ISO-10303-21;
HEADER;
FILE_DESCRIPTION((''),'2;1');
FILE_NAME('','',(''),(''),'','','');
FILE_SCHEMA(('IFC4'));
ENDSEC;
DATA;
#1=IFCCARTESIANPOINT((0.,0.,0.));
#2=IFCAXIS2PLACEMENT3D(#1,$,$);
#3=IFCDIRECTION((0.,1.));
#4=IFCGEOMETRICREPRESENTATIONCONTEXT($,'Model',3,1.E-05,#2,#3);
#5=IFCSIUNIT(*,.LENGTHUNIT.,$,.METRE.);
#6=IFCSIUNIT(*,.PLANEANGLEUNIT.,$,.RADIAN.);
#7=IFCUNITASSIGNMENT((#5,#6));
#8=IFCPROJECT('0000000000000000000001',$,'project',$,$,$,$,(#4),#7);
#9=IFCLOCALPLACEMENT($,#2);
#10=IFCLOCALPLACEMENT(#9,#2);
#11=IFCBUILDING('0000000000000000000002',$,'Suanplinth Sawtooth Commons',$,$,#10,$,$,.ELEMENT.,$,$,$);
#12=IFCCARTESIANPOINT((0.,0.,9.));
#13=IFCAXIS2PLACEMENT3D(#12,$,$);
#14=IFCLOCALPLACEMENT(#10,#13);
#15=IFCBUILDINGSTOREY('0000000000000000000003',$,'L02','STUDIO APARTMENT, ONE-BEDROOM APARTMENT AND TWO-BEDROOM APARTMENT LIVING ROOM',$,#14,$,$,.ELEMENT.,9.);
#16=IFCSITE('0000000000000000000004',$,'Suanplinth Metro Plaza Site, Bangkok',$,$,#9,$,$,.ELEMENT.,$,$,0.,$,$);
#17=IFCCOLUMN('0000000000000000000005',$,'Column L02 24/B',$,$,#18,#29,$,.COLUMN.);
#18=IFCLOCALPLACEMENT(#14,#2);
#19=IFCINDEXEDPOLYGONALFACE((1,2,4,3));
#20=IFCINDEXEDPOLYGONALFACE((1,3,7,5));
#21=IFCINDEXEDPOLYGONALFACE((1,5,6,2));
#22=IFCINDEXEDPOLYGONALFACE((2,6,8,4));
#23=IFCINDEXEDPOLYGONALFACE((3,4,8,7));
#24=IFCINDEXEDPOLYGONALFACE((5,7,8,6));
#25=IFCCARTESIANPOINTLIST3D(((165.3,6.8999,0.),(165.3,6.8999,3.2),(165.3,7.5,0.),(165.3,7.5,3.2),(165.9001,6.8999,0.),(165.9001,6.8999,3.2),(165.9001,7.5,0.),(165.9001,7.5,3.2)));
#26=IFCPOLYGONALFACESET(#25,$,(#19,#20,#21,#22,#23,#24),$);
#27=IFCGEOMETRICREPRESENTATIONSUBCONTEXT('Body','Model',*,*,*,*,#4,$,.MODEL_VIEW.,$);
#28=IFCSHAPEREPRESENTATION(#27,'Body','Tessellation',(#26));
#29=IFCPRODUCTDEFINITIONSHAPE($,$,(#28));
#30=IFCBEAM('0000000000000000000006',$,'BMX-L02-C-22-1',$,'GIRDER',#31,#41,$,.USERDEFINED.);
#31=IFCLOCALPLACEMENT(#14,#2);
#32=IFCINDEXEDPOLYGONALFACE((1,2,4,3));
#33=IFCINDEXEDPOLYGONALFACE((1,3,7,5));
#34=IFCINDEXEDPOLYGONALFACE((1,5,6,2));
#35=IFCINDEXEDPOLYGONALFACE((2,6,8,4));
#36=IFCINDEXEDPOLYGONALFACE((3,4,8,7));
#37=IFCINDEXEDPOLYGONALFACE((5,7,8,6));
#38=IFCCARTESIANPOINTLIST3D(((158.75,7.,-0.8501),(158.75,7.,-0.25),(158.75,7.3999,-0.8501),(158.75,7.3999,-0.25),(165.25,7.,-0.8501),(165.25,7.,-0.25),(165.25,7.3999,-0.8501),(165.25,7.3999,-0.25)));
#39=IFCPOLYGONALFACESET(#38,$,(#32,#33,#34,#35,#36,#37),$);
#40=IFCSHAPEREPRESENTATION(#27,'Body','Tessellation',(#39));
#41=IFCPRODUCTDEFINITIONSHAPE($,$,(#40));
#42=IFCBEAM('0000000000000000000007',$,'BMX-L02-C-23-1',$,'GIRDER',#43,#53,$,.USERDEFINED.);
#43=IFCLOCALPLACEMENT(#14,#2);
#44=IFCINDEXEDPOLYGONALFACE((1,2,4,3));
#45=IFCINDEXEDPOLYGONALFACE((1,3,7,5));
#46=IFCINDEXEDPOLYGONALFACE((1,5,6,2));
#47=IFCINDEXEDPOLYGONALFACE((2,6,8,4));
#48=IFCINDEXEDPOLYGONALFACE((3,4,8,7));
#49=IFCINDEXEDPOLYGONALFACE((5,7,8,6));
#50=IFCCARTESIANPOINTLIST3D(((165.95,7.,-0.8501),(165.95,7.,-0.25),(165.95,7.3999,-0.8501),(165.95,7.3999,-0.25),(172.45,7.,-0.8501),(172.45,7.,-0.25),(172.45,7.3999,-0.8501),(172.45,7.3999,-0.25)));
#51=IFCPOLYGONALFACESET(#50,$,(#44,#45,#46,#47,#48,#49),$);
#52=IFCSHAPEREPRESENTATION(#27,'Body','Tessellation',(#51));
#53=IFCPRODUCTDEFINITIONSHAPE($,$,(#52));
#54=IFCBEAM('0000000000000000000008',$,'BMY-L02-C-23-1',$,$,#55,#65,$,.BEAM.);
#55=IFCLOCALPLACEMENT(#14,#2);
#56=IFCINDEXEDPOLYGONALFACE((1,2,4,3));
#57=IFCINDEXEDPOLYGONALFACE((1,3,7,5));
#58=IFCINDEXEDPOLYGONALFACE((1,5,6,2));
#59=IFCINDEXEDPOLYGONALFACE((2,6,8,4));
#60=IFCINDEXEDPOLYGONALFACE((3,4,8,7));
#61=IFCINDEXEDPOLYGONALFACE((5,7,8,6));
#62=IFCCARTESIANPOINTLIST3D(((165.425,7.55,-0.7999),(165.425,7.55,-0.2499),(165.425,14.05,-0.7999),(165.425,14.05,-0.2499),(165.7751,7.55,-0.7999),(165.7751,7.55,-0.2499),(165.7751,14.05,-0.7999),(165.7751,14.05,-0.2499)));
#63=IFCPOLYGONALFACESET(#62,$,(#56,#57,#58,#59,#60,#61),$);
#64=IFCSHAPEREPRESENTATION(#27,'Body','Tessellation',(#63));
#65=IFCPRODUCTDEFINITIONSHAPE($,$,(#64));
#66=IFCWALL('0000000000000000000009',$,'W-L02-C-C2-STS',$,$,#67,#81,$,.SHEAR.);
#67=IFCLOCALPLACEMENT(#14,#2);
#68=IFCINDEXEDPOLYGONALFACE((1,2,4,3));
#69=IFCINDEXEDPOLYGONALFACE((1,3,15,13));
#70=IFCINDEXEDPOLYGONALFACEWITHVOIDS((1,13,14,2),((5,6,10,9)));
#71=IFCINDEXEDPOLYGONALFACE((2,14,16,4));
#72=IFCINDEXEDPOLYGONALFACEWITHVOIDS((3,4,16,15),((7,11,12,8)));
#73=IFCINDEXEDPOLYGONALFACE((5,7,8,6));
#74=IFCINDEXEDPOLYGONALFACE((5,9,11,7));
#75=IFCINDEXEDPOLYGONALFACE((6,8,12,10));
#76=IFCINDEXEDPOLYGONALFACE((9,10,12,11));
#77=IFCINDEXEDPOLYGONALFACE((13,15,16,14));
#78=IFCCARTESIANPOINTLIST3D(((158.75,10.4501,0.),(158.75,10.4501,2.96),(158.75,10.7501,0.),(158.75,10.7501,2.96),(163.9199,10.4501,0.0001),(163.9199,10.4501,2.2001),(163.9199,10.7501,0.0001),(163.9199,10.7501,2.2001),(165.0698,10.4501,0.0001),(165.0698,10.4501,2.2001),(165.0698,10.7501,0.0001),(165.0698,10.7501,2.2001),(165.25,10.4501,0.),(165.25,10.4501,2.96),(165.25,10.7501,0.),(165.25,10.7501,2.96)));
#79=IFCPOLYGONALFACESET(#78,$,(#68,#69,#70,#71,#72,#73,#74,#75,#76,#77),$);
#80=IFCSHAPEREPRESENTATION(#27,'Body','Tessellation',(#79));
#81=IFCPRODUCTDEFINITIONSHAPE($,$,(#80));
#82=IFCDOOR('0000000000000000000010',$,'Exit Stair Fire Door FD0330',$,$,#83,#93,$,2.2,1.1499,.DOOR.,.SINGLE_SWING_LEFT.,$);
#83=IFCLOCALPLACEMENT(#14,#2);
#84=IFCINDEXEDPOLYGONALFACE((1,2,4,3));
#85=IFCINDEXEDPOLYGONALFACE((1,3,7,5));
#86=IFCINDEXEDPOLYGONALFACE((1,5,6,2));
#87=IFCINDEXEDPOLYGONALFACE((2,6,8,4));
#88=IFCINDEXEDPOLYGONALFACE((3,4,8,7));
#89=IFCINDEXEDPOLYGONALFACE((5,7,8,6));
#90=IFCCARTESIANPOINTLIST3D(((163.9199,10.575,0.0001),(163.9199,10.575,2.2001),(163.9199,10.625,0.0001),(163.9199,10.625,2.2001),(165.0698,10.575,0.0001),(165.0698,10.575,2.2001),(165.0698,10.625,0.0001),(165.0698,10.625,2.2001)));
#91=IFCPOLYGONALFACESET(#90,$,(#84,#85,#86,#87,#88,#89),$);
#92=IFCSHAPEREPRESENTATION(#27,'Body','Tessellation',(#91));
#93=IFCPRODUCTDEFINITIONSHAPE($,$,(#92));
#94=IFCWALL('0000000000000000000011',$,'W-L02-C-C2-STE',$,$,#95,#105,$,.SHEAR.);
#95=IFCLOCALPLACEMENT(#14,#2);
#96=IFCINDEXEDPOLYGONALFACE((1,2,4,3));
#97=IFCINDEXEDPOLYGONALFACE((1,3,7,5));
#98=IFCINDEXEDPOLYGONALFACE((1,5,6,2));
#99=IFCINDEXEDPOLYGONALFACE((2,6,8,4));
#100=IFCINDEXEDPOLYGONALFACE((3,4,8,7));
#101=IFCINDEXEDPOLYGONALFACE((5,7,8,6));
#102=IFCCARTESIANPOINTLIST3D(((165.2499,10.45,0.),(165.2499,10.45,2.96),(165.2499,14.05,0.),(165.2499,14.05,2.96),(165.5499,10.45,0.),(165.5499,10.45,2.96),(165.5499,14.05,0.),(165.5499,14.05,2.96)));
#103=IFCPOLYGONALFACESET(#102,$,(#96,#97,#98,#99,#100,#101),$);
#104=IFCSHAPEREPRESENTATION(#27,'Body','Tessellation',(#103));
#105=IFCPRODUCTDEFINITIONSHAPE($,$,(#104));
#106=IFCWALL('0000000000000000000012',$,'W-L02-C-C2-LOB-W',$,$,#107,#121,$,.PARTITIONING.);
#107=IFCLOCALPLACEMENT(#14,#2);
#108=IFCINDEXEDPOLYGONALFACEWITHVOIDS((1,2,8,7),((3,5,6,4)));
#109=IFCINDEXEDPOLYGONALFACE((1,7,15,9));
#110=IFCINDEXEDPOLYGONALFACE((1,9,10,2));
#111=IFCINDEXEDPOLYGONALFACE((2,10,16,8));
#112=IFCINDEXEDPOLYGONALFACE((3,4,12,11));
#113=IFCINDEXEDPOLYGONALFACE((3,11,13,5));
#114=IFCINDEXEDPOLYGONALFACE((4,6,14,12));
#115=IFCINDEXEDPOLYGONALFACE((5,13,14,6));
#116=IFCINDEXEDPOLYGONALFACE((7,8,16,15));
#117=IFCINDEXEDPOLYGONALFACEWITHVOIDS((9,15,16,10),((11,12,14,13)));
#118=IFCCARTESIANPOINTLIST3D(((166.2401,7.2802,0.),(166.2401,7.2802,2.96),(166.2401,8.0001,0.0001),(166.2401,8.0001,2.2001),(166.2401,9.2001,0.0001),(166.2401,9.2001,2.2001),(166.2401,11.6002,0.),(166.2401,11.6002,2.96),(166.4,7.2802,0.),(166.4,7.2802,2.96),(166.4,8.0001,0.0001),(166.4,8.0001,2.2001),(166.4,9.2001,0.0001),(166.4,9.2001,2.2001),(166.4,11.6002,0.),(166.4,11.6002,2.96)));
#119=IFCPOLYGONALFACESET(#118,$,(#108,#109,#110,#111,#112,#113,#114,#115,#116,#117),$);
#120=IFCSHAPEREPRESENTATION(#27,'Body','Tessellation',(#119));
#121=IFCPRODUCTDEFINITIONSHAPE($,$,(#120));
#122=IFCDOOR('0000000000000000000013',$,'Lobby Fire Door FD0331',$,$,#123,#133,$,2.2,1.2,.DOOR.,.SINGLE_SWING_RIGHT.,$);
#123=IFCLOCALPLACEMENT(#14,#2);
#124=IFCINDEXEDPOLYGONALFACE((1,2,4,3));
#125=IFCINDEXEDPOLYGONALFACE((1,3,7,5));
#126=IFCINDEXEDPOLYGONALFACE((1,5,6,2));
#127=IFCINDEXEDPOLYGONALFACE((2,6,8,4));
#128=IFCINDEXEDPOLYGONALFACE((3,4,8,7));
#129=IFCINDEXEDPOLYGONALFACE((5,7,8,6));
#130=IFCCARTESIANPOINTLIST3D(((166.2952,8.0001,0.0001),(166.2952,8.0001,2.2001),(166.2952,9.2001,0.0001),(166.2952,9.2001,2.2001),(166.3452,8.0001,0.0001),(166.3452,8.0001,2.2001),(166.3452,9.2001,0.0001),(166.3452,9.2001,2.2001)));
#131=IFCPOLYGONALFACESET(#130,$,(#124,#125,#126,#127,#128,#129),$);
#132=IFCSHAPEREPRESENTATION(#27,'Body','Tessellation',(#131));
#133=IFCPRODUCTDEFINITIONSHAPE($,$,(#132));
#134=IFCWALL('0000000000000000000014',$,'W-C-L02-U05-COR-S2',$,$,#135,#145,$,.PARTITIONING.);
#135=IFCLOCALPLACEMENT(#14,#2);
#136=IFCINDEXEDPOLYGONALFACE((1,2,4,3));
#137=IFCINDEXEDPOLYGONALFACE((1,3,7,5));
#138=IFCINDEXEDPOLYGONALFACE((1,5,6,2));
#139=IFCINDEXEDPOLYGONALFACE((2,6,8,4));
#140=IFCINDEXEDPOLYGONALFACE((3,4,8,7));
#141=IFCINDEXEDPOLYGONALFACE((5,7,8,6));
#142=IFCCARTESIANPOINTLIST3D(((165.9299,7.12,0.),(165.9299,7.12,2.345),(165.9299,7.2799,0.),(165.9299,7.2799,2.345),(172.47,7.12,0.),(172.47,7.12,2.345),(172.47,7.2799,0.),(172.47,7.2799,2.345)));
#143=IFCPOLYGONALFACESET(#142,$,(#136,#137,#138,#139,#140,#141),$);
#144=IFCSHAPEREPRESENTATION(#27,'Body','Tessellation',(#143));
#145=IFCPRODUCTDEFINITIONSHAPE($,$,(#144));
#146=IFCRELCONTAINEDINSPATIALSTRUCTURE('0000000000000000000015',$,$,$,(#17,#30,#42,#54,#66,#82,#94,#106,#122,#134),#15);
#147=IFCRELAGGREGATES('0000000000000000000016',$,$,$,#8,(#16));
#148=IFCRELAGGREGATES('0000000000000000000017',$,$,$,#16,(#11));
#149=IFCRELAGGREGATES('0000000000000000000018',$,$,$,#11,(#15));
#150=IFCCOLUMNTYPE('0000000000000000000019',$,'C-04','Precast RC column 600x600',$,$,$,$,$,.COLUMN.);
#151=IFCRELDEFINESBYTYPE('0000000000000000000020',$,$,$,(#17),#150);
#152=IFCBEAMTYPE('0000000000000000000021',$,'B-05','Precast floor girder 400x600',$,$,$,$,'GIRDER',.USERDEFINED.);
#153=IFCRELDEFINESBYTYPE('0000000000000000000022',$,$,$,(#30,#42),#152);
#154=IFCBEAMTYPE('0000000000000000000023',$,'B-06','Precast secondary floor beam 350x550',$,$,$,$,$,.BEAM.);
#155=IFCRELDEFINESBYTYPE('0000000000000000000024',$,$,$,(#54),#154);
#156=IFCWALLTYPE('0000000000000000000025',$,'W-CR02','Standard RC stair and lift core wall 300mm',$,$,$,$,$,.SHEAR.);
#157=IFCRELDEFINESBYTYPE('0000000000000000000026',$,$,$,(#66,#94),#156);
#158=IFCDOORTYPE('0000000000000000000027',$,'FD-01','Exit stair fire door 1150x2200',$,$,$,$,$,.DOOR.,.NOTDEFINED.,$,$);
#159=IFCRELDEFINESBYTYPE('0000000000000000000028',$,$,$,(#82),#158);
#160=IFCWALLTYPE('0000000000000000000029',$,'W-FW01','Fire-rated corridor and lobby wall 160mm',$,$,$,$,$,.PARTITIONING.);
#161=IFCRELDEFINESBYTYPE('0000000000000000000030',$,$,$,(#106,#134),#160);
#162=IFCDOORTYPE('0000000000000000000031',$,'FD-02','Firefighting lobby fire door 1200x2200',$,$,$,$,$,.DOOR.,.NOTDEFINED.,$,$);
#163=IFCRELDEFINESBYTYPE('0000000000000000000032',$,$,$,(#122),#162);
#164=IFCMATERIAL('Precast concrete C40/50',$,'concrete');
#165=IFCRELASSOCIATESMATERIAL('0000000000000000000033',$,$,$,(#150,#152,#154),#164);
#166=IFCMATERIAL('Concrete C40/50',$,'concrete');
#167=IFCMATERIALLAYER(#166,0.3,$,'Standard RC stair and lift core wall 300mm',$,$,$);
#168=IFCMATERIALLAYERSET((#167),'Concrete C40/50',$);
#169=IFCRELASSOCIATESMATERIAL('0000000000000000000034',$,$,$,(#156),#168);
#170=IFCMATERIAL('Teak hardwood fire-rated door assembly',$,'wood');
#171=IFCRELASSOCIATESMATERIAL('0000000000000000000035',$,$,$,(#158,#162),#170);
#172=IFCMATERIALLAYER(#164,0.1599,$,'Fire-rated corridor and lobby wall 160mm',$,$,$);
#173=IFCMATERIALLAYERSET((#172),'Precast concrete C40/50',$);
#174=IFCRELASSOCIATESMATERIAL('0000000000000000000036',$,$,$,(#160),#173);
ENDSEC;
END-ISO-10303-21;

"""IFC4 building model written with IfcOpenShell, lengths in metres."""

from ifc_helpers import new_model, si_unit, direction, frame, frame_2d, origin, origin_2d, place, context, subcontext, project, spatial, rectangle, extrude, material, layer, layer_set, material_profile, profile_set, type_object, element, fill, save


model = new_model("IFC4")

# Units and contexts
model_context = context("Model", 3, precision=1e-05, world=origin(), true_north=direction((0.0, 1.0)))
body_context = subcontext(model_context, "Body", "Model", "MODEL_VIEW")
ifc_project = project(units=[si_unit("LENGTHUNIT", "METRE"), si_unit("PLANEANGLEUNIT", "RADIAN")], contexts=[model_context])

# Site, building, storey
site_placement = place(None, origin())
site = spatial("IfcSite", under=ifc_project, at=site_placement, Name="Suanplinth Metro Plaza Site, Bangkok", CompositionType="ELEMENT", RefElevation=0.0)
building_placement = place(site_placement, origin())
building = spatial("IfcBuilding", under=site, at=building_placement, Name="Suanplinth Sawtooth Commons", CompositionType="ELEMENT")
storey_placement = place(building_placement, frame((0.0, 0.0, 9.0)))
storey = spatial("IfcBuildingStorey", under=building, at=storey_placement, Name="L02", Description="STUDIO APARTMENT, ONE-BEDROOM APARTMENT AND TWO-BEDROOM APARTMENT LIVING ROOM", CompositionType="ELEMENT", Elevation=9.0)

# Column
ifc_material_1 = material(Name="Precast concrete C40/50", Category="concrete")
ifc_material_profile_1 = material_profile(ifc_material_1, rectangle(XDim=0.6001, YDim=0.6001, at=origin_2d()), Name="PC-COL 600x600")
ifc_profile_set_1 = profile_set([ifc_material_profile_1], Name="Precast concrete C40/50")
column_type = type_object("IfcColumnType", Name="C-04", Description="Precast RC column 600x600", PredefinedType="COLUMN", material=ifc_profile_set_1)
column_placement = place(storey_placement, frame((165.6001, 7.2, 0.0), z_axis=(0.0, 0.0, 1.0), x_axis=(1.0, 0.0, 0.0)))
element("IfcColumn", 1, at=column_placement, inside=storey, type_object=column_type, Name="Column L02 24/B", PredefinedType="COLUMN", context=body_context, shape_type="SweptSolid", body=[
    extrude(rectangle(XDim=0.6001, YDim=0.6001, at=origin_2d()), origin(), (0.0, 0.0, 1.0), 3.2),
])

# Beams
ifc_material_profile_2 = material_profile(ifc_material_1, rectangle(XDim=0.3999, YDim=0.6001, at=origin_2d()), Name="PC-GDR 400x600")
ifc_profile_set_2 = profile_set([ifc_material_profile_2], Name="Precast concrete C40/50")
beam_type_1 = type_object("IfcBeamType", Name="B-05", Description="Precast floor girder 400x600", ElementType="GIRDER", PredefinedType="USERDEFINED", material=ifc_profile_set_2)
for number, where, z_axis, x_axis, name in (
    (2, (158.75, 7.2, -0.55), (1.0, 0.0, 0.0), (0.0, 1.0, 0.0), "BMX-L02-C-22-1"),
    (3, (165.95, 7.2, -0.55), (1.0, 0.0, 0.0), (0.0, 1.0, 0.0), "BMX-L02-C-23-1"),
):
    element("IfcBeam", number, at=place(storey_placement, frame(where, z_axis=z_axis, x_axis=x_axis)), inside=storey, type_object=beam_type_1, Name=name, ObjectType="GIRDER", PredefinedType="USERDEFINED", context=body_context, shape_type="SweptSolid", body=[
        extrude(rectangle(XDim=0.3999, YDim=0.6001, at=origin_2d()), origin(), (0.0, 0.0, 1.0), 6.5),
    ])
ifc_material_profile_3 = material_profile(ifc_material_1, rectangle(XDim=0.3501, YDim=0.55, at=origin_2d()), Name="PC-BM 350x550")
ifc_profile_set_3 = profile_set([ifc_material_profile_3], Name="Precast concrete C40/50")
beam_type_2 = type_object("IfcBeamType", Name="B-06", Description="Precast secondary floor beam 350x550", PredefinedType="BEAM", material=ifc_profile_set_3)
beam_placement = place(storey_placement, frame((165.6001, 7.55, -0.5249), z_axis=(0.0, 1.0, 0.0), x_axis=(-1.0, 0.0, 0.0)))
element("IfcBeam", 4, at=beam_placement, inside=storey, type_object=beam_type_2, Name="BMY-L02-C-23-1", PredefinedType="BEAM", context=body_context, shape_type="SweptSolid", body=[
    extrude(rectangle(XDim=0.3501, YDim=0.55, at=origin_2d()), origin(), (0.0, 0.0, 1.0), 6.5),
])

# Wall, opening, door
ifc_material_2 = material(Name="Concrete C40/50", Category="concrete")
ifc_layer_1 = layer(ifc_material_2, 0.3, Name="Standard RC stair and lift core wall 300mm")
ifc_layer_set_1 = layer_set([ifc_layer_1], Name="Concrete C40/50")
wall_type_1 = type_object("IfcWallType", Name="W-CR02", Description="Standard RC stair and lift core wall 300mm", PredefinedType="SHEAR", material=ifc_layer_set_1)
wall_1_placement = place(storey_placement, frame((158.75, 10.6001, 0.0), z_axis=(0.0, 0.0, 1.0), x_axis=(1.0, 0.0, 0.0)))
wall_1 = element("IfcWall", 5, at=wall_1_placement, inside=storey, type_object=wall_type_1, Name="W-L02-C-C2-STS", PredefinedType="SHEAR", context=body_context, shape_type="SweptSolid", body=[
    extrude(rectangle(XDim=6.5, YDim=0.3, at=frame_2d((3.25, 0.0))), origin(), (0.0, 0.0, 1.0), 2.96),
])
opening_1_placement = place(wall_1_placement, frame((5.1699, 0.0, 0.0)))
opening_1 = element("IfcOpeningElement", 6, at=opening_1_placement, cuts=wall_1, PredefinedType="OPENING", context=body_context, shape_type="SweptSolid", body=[
    extrude(rectangle(XDim=1.1499, YDim=2.2, at=frame_2d((0.575, 1.1001))), frame((0.0, 0.165, 0.0), z_axis=(0.0, -1.0, 0.0), x_axis=(1.0, 0.0, 0.0)), (0.0, 0.0, 1.0), 0.3298),
])
ifc_material_3 = material(Name="Teak hardwood fire-rated door assembly", Category="wood")
door_type_1 = type_object("IfcDoorType", Name="FD-01", Description="Exit stair fire door 1150x2200", OperationType="NOTDEFINED", PredefinedType="DOOR", material=ifc_material_3)
door_1_placement = place(opening_1_placement, origin())
door_1 = element("IfcDoor", 7, at=door_1_placement, inside=storey, type_object=door_type_1, Name="Exit Stair Fire Door FD0330", OperationType="SINGLE_SWING_LEFT", OverallHeight=2.2, OverallWidth=1.1499, PredefinedType="DOOR", context=body_context, shape_type="SweptSolid", body=[
    extrude(rectangle(XDim=1.1499, YDim=2.2, at=frame_2d((0.575, 1.1001))), frame((0.0, 0.0249, 0.0), z_axis=(0.0, -1.0, 0.0), x_axis=(1.0, 0.0, 0.0)), (0.0, 0.0, 1.0), 0.05),
])
fill(opening_1, door_1)

# Wall
wall_2_placement = place(storey_placement, frame((165.3999, 10.45, 0.0), z_axis=(0.0, 0.0, 1.0), x_axis=(0.0, 1.0, 0.0)))
element("IfcWall", 8, at=wall_2_placement, inside=storey, type_object=wall_type_1, Name="W-L02-C-C2-STE", PredefinedType="SHEAR", context=body_context, shape_type="SweptSolid", body=[
    extrude(rectangle(XDim=3.6001, YDim=0.3, at=frame_2d((1.8, 0.0))), origin(), (0.0, 0.0, 1.0), 2.96),
])

# Wall, opening, door
ifc_layer_2 = layer(ifc_material_1, 0.1599, Name="Fire-rated corridor and lobby wall 160mm")
ifc_layer_set_2 = layer_set([ifc_layer_2], Name="Precast concrete C40/50")
wall_type_2 = type_object("IfcWallType", Name="W-FW01", Description="Fire-rated corridor and lobby wall 160mm", PredefinedType="PARTITIONING", material=ifc_layer_set_2)
wall_3_placement = place(storey_placement, frame((166.3201, 7.28, 0.0), z_axis=(0.0, 0.0, 1.0), x_axis=(0.0, 1.0, 0.0)))
wall_3 = element("IfcWall", 9, at=wall_3_placement, inside=storey, type_object=wall_type_2, Name="W-L02-C-C2-LOB-W", PredefinedType="PARTITIONING", context=body_context, shape_type="SweptSolid", body=[
    extrude(rectangle(XDim=4.3201, YDim=0.1599, at=frame_2d((2.1602, 0.0))), origin(), (0.0, 0.0, 1.0), 2.96),
])
opening_2_placement = place(wall_3_placement, frame((0.72, 0.0, 0.0)))
opening_2 = element("IfcOpeningElement", 10, at=opening_2_placement, cuts=wall_3, PredefinedType="OPENING", context=body_context, shape_type="SweptSolid", body=[
    extrude(rectangle(XDim=1.2, YDim=2.2, at=frame_2d((0.6001, 1.1001))), frame((0.0, 0.0947, 0.0), z_axis=(0.0, -1.0, 0.0), x_axis=(1.0, 0.0, 0.0)), (0.0, 0.0, 1.0), 0.1897),
])
door_type_2 = type_object("IfcDoorType", Name="FD-02", Description="Firefighting lobby fire door 1200x2200", OperationType="NOTDEFINED", PredefinedType="DOOR", material=ifc_material_3)
door_2_placement = place(opening_2_placement, origin())
door_2 = element("IfcDoor", 11, at=door_2_placement, inside=storey, type_object=door_type_2, Name="Lobby Fire Door FD0331", OperationType="SINGLE_SWING_RIGHT", OverallHeight=2.2, OverallWidth=1.2, PredefinedType="DOOR", context=body_context, shape_type="SweptSolid", body=[
    extrude(rectangle(XDim=1.2, YDim=2.2, at=frame_2d((0.6001, 1.1001))), frame((0.0, 0.0249, 0.0), z_axis=(0.0, -1.0, 0.0), x_axis=(1.0, 0.0, 0.0)), (0.0, 0.0, 1.0), 0.05),
])
fill(opening_2, door_2)

# Wall
wall_4_placement = place(storey_placement, frame((165.9299, 7.2, 0.0), z_axis=(0.0, 0.0, 1.0), x_axis=(1.0, 0.0, 0.0)))
element("IfcWall", 12, at=wall_4_placement, inside=storey, type_object=wall_type_2, Name="W-C-L02-U05-COR-S2", PredefinedType="PARTITIONING", context=body_context, shape_type="SweptSolid", body=[
    extrude(rectangle(XDim=6.54, YDim=0.1599, at=frame_2d((3.27, 0.0))), origin(), (0.0, 0.0, 1.0), 2.345),
])

save(model, "model.ifc")
